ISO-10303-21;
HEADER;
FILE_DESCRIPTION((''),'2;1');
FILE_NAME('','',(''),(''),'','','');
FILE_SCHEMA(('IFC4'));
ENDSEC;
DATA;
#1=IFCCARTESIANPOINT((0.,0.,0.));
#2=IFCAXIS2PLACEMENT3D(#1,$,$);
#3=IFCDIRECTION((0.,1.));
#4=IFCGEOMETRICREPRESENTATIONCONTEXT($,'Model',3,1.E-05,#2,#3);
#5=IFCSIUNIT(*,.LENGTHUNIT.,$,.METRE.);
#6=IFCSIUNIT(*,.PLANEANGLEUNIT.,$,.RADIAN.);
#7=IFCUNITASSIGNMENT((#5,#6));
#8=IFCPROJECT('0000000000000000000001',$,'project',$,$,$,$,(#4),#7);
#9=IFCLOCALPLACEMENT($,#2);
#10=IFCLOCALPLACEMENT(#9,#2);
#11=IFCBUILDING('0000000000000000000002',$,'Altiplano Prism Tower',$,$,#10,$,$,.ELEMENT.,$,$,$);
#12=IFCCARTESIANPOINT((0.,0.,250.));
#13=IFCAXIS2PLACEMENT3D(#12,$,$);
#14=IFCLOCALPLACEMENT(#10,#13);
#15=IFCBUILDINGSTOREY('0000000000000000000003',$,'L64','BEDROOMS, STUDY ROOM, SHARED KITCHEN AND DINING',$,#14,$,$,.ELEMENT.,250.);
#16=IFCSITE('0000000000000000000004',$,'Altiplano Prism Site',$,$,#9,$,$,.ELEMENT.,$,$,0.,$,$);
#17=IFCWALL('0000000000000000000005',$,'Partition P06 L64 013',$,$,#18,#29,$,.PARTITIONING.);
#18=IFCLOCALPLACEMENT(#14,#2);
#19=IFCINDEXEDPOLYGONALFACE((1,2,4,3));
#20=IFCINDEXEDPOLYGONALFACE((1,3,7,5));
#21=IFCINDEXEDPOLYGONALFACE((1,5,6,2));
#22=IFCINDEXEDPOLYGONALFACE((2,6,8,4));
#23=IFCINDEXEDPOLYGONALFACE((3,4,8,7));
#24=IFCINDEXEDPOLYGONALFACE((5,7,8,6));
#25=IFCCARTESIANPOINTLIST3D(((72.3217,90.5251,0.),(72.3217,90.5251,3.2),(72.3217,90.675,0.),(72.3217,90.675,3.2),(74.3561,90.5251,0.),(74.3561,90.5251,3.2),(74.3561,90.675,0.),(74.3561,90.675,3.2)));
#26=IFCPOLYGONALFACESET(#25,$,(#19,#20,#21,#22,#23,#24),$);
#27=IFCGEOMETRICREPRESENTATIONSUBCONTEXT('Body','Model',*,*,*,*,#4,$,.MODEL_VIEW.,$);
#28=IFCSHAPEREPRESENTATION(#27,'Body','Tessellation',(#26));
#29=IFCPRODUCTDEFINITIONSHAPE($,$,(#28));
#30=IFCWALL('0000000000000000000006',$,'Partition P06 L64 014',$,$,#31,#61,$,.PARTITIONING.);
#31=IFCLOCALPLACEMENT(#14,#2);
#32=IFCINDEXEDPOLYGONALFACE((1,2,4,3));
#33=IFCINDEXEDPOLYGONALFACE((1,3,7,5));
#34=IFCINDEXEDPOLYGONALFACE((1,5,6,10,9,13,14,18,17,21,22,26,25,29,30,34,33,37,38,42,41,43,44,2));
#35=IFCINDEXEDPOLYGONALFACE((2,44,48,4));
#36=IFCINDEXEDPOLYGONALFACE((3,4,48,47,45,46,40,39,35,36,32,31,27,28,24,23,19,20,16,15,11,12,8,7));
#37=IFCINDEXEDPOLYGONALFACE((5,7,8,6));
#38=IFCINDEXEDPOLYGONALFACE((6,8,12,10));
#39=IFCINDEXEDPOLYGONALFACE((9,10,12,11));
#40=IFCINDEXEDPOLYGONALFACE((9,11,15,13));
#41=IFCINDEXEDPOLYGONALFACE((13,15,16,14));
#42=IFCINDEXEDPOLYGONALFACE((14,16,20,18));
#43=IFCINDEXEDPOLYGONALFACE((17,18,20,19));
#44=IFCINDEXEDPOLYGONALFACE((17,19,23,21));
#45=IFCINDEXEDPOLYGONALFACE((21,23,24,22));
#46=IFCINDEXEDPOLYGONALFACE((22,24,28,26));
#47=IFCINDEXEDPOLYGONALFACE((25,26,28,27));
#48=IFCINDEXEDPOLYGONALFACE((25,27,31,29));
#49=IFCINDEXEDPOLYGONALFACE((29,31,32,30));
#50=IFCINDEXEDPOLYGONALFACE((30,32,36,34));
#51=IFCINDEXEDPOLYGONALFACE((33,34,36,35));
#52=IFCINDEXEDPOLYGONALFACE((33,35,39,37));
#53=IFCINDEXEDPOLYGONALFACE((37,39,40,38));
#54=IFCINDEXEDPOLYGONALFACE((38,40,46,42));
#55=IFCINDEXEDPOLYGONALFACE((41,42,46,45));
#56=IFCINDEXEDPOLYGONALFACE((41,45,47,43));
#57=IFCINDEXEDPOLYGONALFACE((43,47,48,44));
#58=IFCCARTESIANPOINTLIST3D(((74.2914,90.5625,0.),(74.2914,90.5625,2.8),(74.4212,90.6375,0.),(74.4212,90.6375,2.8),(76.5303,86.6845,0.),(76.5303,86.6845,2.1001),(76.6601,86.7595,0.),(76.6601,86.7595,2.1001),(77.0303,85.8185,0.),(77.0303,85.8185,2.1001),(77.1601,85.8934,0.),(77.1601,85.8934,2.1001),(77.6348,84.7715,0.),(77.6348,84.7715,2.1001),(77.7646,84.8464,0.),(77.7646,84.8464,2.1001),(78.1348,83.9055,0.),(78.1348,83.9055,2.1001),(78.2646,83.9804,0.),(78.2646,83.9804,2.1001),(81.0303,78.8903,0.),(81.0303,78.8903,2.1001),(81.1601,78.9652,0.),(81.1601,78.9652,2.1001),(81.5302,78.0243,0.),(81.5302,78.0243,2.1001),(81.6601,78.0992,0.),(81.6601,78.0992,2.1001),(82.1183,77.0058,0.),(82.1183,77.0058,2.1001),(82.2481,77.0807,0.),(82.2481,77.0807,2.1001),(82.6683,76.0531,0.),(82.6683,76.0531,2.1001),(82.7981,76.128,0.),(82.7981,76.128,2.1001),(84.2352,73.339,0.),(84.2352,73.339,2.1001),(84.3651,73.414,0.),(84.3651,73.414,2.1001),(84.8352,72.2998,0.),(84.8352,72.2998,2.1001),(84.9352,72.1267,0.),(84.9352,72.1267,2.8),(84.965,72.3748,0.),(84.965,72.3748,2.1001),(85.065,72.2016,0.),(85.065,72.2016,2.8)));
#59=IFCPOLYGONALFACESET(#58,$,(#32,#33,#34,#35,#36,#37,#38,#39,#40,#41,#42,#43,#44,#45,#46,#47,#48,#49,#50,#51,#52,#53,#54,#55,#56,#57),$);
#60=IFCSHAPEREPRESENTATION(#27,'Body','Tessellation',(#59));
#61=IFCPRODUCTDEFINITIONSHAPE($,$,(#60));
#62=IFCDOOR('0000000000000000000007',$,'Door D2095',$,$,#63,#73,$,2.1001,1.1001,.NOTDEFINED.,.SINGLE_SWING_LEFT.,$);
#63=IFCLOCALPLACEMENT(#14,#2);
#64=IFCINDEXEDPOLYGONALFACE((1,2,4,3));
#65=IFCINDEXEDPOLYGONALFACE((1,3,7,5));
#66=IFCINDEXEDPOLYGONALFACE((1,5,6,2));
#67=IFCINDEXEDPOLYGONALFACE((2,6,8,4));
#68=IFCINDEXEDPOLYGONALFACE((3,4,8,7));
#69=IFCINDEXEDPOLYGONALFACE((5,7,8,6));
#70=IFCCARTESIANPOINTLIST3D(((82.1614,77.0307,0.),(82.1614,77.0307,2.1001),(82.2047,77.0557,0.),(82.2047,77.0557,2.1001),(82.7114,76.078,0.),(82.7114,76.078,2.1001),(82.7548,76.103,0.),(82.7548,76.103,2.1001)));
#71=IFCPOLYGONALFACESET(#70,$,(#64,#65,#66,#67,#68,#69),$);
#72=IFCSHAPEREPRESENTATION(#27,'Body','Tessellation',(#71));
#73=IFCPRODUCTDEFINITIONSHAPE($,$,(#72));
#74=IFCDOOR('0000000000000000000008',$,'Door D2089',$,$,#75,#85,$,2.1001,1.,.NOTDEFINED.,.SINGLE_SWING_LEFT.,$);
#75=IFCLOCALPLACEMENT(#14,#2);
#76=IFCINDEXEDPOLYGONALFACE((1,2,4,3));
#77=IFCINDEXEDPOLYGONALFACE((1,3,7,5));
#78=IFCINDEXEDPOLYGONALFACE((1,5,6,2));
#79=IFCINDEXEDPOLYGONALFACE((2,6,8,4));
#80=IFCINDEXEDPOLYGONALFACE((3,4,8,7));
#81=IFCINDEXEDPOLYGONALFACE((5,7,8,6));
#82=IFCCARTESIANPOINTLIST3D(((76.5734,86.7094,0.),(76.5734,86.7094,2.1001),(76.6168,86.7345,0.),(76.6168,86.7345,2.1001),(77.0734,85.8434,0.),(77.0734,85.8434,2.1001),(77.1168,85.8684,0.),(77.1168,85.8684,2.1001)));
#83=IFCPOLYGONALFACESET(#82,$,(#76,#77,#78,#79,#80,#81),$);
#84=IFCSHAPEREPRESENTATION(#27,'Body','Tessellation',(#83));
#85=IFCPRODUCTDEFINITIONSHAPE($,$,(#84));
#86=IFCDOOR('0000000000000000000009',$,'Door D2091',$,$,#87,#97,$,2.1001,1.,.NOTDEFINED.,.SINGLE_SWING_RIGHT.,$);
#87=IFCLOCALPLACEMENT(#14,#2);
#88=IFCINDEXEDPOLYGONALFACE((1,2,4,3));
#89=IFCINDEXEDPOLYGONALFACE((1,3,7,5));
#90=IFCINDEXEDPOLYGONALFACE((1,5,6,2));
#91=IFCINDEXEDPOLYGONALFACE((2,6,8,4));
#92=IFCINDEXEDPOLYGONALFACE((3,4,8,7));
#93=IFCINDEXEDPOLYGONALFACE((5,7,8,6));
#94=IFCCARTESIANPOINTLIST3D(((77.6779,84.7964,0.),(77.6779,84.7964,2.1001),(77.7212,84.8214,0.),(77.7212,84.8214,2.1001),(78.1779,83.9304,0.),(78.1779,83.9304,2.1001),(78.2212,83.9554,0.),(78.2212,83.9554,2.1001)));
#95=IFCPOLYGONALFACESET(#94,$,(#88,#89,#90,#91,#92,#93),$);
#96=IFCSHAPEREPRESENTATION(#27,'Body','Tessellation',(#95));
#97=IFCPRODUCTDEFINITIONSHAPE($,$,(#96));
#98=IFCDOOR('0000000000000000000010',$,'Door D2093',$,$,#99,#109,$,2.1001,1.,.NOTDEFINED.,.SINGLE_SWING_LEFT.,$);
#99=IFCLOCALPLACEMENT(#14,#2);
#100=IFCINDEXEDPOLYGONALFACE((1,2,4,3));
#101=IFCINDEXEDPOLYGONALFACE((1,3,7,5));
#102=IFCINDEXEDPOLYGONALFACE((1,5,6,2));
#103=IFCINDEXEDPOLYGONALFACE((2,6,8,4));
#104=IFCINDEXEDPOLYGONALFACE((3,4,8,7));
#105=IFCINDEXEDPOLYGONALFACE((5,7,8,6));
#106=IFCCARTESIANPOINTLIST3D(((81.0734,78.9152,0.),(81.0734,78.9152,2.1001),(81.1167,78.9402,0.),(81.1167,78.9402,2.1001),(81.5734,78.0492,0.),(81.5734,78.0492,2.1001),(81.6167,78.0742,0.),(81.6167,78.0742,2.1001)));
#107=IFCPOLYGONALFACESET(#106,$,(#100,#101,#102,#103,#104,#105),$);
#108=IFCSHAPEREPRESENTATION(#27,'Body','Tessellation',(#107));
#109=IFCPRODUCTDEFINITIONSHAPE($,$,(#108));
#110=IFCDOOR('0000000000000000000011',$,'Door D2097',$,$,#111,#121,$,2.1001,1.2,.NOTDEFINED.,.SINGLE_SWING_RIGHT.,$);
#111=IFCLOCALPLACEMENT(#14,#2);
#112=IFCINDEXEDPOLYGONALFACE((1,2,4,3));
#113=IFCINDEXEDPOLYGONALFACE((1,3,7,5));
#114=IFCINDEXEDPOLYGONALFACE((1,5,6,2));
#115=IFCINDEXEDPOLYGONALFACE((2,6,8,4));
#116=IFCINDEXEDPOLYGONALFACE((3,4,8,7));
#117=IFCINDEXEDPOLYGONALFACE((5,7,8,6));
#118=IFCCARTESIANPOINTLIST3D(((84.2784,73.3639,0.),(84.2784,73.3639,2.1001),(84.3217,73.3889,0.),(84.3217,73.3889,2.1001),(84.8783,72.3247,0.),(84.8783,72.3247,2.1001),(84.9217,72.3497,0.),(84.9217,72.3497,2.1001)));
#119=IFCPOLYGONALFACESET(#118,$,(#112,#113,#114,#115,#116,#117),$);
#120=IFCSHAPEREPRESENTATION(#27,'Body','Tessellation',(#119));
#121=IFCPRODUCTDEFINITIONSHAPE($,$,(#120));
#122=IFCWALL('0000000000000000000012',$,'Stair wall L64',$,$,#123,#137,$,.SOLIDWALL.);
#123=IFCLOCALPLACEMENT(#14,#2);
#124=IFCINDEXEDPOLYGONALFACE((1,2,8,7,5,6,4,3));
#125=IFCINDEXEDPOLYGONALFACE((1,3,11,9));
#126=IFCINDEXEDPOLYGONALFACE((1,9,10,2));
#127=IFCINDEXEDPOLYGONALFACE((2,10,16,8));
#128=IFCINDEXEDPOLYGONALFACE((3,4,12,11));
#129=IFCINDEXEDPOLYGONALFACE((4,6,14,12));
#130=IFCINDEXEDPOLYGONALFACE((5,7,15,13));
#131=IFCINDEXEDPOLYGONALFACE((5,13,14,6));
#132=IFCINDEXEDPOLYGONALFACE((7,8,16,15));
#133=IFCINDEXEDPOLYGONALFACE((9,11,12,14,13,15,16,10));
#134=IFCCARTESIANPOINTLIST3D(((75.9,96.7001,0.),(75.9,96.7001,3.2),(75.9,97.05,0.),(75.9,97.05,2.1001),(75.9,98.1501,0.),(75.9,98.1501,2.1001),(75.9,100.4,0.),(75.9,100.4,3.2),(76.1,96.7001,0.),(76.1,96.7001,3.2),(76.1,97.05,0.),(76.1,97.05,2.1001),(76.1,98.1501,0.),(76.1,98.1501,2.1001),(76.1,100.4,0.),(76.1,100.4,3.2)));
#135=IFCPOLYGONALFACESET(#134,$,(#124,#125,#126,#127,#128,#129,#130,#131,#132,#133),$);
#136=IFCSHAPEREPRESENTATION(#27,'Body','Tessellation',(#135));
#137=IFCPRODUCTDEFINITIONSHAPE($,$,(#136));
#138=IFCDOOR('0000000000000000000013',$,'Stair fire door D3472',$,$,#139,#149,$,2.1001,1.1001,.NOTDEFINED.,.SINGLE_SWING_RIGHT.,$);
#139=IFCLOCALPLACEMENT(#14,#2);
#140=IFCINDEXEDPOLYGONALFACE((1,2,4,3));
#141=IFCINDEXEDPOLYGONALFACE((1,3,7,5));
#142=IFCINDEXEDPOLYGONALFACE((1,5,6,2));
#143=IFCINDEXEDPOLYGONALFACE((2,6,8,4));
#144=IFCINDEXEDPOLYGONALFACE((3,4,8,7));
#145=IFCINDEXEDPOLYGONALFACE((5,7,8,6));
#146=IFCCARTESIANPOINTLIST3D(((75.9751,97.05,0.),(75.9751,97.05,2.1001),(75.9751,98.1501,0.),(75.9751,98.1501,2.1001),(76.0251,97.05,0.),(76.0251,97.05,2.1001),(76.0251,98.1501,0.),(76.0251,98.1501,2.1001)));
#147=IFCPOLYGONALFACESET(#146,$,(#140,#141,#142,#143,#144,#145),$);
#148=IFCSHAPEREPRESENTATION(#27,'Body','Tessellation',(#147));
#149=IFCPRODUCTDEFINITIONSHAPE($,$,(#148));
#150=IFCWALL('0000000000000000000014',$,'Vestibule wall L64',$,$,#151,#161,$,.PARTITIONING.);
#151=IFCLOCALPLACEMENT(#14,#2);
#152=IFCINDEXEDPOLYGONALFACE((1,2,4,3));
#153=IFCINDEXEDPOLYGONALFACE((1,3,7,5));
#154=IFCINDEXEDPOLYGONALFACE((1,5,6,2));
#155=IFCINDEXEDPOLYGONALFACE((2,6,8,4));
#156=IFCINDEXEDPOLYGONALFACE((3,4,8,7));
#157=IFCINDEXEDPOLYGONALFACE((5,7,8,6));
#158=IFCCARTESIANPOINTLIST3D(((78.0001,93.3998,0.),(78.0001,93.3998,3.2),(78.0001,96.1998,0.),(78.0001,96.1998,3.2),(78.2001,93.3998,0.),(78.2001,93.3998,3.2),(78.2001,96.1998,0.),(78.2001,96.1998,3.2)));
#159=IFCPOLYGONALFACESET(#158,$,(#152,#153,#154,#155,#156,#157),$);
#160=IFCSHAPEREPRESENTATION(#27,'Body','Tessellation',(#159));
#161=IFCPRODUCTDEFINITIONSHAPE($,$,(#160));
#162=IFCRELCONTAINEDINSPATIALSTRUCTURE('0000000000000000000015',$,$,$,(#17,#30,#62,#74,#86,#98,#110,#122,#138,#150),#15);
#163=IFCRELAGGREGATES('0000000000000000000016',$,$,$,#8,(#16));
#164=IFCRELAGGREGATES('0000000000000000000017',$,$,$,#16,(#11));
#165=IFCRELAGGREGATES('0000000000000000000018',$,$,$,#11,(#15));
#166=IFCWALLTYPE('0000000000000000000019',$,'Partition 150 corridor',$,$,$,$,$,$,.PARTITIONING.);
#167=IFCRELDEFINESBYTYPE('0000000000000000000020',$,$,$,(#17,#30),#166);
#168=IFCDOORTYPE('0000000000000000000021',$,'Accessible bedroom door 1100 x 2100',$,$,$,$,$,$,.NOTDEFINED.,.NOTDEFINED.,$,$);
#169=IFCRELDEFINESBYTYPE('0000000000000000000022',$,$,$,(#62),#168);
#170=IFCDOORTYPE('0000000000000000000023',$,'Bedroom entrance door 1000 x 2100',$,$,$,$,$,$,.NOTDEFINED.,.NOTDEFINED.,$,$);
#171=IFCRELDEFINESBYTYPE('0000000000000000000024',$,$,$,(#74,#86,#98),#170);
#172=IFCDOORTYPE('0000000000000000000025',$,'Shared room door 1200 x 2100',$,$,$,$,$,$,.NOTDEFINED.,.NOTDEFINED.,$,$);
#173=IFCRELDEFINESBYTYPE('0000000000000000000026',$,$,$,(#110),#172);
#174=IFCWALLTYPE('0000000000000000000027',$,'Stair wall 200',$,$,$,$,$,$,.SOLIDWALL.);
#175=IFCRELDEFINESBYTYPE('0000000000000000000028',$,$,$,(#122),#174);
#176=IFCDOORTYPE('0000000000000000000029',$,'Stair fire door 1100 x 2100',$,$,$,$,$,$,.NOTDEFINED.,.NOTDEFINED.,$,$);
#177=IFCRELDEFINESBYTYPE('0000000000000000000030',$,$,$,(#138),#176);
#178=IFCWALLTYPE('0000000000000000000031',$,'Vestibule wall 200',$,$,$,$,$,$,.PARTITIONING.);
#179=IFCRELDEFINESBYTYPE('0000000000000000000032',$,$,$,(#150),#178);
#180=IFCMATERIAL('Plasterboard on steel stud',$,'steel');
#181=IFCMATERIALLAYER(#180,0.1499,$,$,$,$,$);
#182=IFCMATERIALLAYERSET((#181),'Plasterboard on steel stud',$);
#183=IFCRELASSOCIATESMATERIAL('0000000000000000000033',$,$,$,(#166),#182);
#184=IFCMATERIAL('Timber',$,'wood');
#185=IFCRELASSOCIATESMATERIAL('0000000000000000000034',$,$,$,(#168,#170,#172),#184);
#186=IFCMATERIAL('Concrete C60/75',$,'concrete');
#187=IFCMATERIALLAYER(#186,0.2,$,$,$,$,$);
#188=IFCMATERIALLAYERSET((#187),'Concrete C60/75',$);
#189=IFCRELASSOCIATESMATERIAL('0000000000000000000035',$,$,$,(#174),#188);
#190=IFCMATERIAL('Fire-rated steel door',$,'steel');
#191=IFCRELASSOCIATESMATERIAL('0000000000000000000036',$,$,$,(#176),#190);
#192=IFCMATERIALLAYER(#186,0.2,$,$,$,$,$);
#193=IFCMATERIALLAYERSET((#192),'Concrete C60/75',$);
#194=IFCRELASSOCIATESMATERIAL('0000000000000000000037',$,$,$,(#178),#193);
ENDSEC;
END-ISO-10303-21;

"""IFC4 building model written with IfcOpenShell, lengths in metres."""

from ifc_helpers import new_model, si_unit, direction, frame, frame_2d, origin, place, context, subcontext, project, spatial, rectangle, extrude, material, layer, layer_set, type_object, element, fill, save


model = new_model("IFC4")

# Units and contexts
model_context = context("Model", 3, precision=1e-05, world=origin(), true_north=direction((0.0, 1.0)))
body_context = subcontext(model_context, "Body", "Model", "MODEL_VIEW")
ifc_project = project(units=[si_unit("LENGTHUNIT", "METRE"), si_unit("PLANEANGLEUNIT", "RADIAN")], contexts=[model_context])

# Site, building, storey
site_placement = place(None, origin())
site = spatial("IfcSite", under=ifc_project, at=site_placement, Name="Altiplano Prism Site", CompositionType="ELEMENT", RefElevation=0.0)
building_placement = place(site_placement, origin())
building = spatial("IfcBuilding", under=site, at=building_placement, Name="Altiplano Prism Tower", CompositionType="ELEMENT")
storey_placement = place(building_placement, frame((0.0, 0.0, 250.0)))
storey = spatial("IfcBuildingStorey", under=building, at=storey_placement, Name="L64", Description="BEDROOMS, STUDY ROOM, SHARED KITCHEN AND DINING", CompositionType="ELEMENT", Elevation=250.0)

# Shared definitions
ifc_material_1 = material(Name="Concrete C60/75", Category="concrete")
ifc_material_2 = material(Name="Fire-rated steel door", Category="steel")

# Wall
ifc_material_3 = material(Name="Plasterboard on steel stud", Category="steel")
ifc_layer_1 = layer(ifc_material_3, 0.1499)
ifc_layer_set_1 = layer_set([ifc_layer_1], Name="Plasterboard on steel stud")
wall_type_1 = type_object("IfcWallType", Name="Partition 150 corridor", PredefinedType="PARTITIONING", material=ifc_layer_set_1)
wall_1_placement = place(storey_placement, frame((72.3218, 90.6001, 0.0), z_axis=(0.0, 0.0, 1.0), x_axis=(1.0, 0.0, 0.0)))
element("IfcWall", 1, at=wall_1_placement, inside=storey, type_object=wall_type_1, Name="Partition P06 L64 013", PredefinedType="PARTITIONING", context=body_context, shape_type="SweptSolid", body=[
    extrude(rectangle(XDim=2.0344, YDim=0.1499, at=frame_2d((1.0171, 0.0))), origin(), (0.0, 0.0, 1.0), 3.2),
])

# Wall, openings, doors
wall_2_placement = place(storey_placement, frame((74.3562, 90.6001, 0.0), z_axis=(0.0, 0.0, 1.0), x_axis=(0.499996, -0.866028, 0.0)))
wall_2 = element("IfcWall", 2, at=wall_2_placement, inside=storey, type_object=wall_type_1, Name="Partition P06 L64 014", PredefinedType="PARTITIONING", context=body_context, shape_type="SweptSolid", body=[
    extrude(rectangle(XDim=21.2878, YDim=0.1499, at=frame_2d((10.644, 0.0))), origin(), (0.0, 0.0, 1.0), 2.8),
])
opening_1_placement = place(wall_2_placement, frame((4.478, 0.0, 0.0)))
opening_1 = element("IfcOpeningElement", 3, at=opening_1_placement, cuts=wall_2, PredefinedType="OPENING", context=body_context, shape_type="SweptSolid", body=[
    extrude(rectangle(XDim=1.0, YDim=2.1001, at=frame_2d((0.5, 1.05))), frame((0.0, 0.0854, 0.0), z_axis=(0.0, -1.0, 0.0), x_axis=(1.0, 0.0, 0.0)), (0.0, 0.0, 1.0), 0.1709),
])
opening_2_placement = place(wall_2_placement, frame((6.687, 0.0, 0.0)))
opening_2 = element("IfcOpeningElement", 4, at=opening_2_placement, cuts=wall_2, PredefinedType="OPENING", context=body_context, shape_type="SweptSolid", body=[
    extrude(rectangle(XDim=1.0, YDim=2.1001, at=frame_2d((0.5, 1.05))), frame((0.0, 0.0854, 0.0), z_axis=(0.0, -1.0, 0.0), x_axis=(1.0, 0.0, 0.0)), (0.0, 0.0, 1.0), 0.1709),
])
opening_3_placement = place(wall_2_placement, frame((13.478, 0.0, 0.0)))
opening_3 = element("IfcOpeningElement", 5, at=opening_3_placement, cuts=wall_2, PredefinedType="OPENING", context=body_context, shape_type="SweptSolid", body=[
    extrude(rectangle(XDim=1.0, YDim=2.1001, at=frame_2d((0.5, 1.05))), frame((0.0, 0.0854, 0.0), z_axis=(0.0, -1.0, 0.0), x_axis=(1.0, 0.0, 0.0)), (0.0, 0.0, 1.0), 0.1709),
])
opening_4_placement = place(wall_2_placement, frame((15.6541, 0.0, 0.0)))
opening_4 = element("IfcOpeningElement", 6, at=opening_4_placement, cuts=wall_2, PredefinedType="OPENING", context=body_context, shape_type="SweptSolid", body=[
    extrude(rectangle(XDim=1.1001, YDim=2.1001, at=frame_2d((0.55, 1.05))), frame((0.0, 0.0854, 0.0), z_axis=(0.0, -1.0, 0.0), x_axis=(1.0, 0.0, 0.0)), (0.0, 0.0, 1.0), 0.1709),
])
opening_5_placement = place(wall_2_placement, frame((19.8879, 0.0, 0.0)))
opening_5 = element("IfcOpeningElement", 7, at=opening_5_placement, cuts=wall_2, PredefinedType="OPENING", context=body_context, shape_type="SweptSolid", body=[
    extrude(rectangle(XDim=1.2, YDim=2.1001, at=frame_2d((0.6001, 1.05))), frame((0.0, 0.0854, 0.0), z_axis=(0.0, -1.0, 0.0), x_axis=(1.0, 0.0, 0.0)), (0.0, 0.0, 1.0), 0.1709),
])
ifc_material_4 = material(Name="Timber", Category="wood")
door_type_1 = type_object("IfcDoorType", Name="Accessible bedroom door 1100 x 2100", OperationType="NOTDEFINED", PredefinedType="NOTDEFINED", material=ifc_material_4)
door_1_placement = place(opening_4_placement, origin())
door_1 = element("IfcDoor", 8, at=door_1_placement, inside=storey, type_object=door_type_1, Name="Door D2095", OperationType="SINGLE_SWING_LEFT", OverallHeight=2.1001, OverallWidth=1.1001, PredefinedType="NOTDEFINED", context=body_context, shape_type="SweptSolid", body=[
    extrude(rectangle(XDim=1.1001, YDim=2.1001, at=frame_2d((0.55, 1.05))), frame((0.0, 0.0249, 0.0), z_axis=(0.0, -1.0, 0.0), x_axis=(1.0, 0.0, 0.0)), (0.0, 0.0, 1.0), 0.05),
])
fill(opening_4, door_1)
door_type_2 = type_object("IfcDoorType", Name="Bedroom entrance door 1000 x 2100", OperationType="NOTDEFINED", PredefinedType="NOTDEFINED", material=ifc_material_4)
door_2_placement = place(opening_1_placement, origin())
door_2 = element("IfcDoor", 9, at=door_2_placement, inside=storey, type_object=door_type_2, Name="Door D2089", OperationType="SINGLE_SWING_LEFT", OverallHeight=2.1001, OverallWidth=1.0, PredefinedType="NOTDEFINED", context=body_context, shape_type="SweptSolid", body=[
    extrude(rectangle(XDim=1.0, YDim=2.1001, at=frame_2d((0.5, 1.05))), frame((0.0, 0.0249, 0.0), z_axis=(0.0, -1.0, 0.0), x_axis=(1.0, 0.0, 0.0)), (0.0, 0.0, 1.0), 0.05),
])
fill(opening_1, door_2)
door_3_placement = place(opening_2_placement, origin())
door_3 = element("IfcDoor", 10, at=door_3_placement, inside=storey, type_object=door_type_2, Name="Door D2091", OperationType="SINGLE_SWING_RIGHT", OverallHeight=2.1001, OverallWidth=1.0, PredefinedType="NOTDEFINED", context=body_context, shape_type="SweptSolid", body=[
    extrude(rectangle(XDim=1.0, YDim=2.1001, at=frame_2d((0.5, 1.05))), frame((0.0, 0.0249, 0.0), z_axis=(0.0, -1.0, 0.0), x_axis=(1.0, 0.0, 0.0)), (0.0, 0.0, 1.0), 0.05),
])
fill(opening_2, door_3)
door_4_placement = place(opening_3_placement, origin())
door_4 = element("IfcDoor", 11, at=door_4_placement, inside=storey, type_object=door_type_2, Name="Door D2093", OperationType="SINGLE_SWING_LEFT", OverallHeight=2.1001, OverallWidth=1.0, PredefinedType="NOTDEFINED", context=body_context, shape_type="SweptSolid", body=[
    extrude(rectangle(XDim=1.0, YDim=2.1001, at=frame_2d((0.5, 1.05))), frame((0.0, 0.0249, 0.0), z_axis=(0.0, -1.0, 0.0), x_axis=(1.0, 0.0, 0.0)), (0.0, 0.0, 1.0), 0.05),
])
fill(opening_3, door_4)
door_type_3 = type_object("IfcDoorType", Name="Shared room door 1200 x 2100", OperationType="NOTDEFINED", PredefinedType="NOTDEFINED", material=ifc_material_4)
door_5_placement = place(opening_5_placement, origin())
door_5 = element("IfcDoor", 12, at=door_5_placement, inside=storey, type_object=door_type_3, Name="Door D2097", OperationType="SINGLE_SWING_RIGHT", OverallHeight=2.1001, OverallWidth=1.2, PredefinedType="NOTDEFINED", context=body_context, shape_type="SweptSolid", body=[
    extrude(rectangle(XDim=1.2, YDim=2.1001, at=frame_2d((0.6001, 1.05))), frame((0.0, 0.0249, 0.0), z_axis=(0.0, -1.0, 0.0), x_axis=(1.0, 0.0, 0.0)), (0.0, 0.0, 1.0), 0.05),
])
fill(opening_5, door_5)

# Wall, opening, door
ifc_layer_2 = layer(ifc_material_1, 0.2)
ifc_layer_set_2 = layer_set([ifc_layer_2], Name="Concrete C60/75")
wall_type_2 = type_object("IfcWallType", Name="Stair wall 200", PredefinedType="SOLIDWALL", material=ifc_layer_set_2)
wall_3_placement = place(storey_placement, frame((76.0, 96.7, 0.0), z_axis=(0.0, 0.0, 1.0), x_axis=(0.0, 1.0, 0.0)))
wall_3 = element("IfcWall", 13, at=wall_3_placement, inside=storey, type_object=wall_type_2, Name="Stair wall L64", PredefinedType="SOLIDWALL", context=body_context, shape_type="SweptSolid", body=[
    extrude(rectangle(XDim=3.7, YDim=0.2, at=frame_2d((1.8501, 0.0))), origin(), (0.0, 0.0, 1.0), 3.2),
])
opening_6_placement = place(wall_3_placement, frame((0.3501, 0.0, 0.0)))
opening_6 = element("IfcOpeningElement", 14, at=opening_6_placement, cuts=wall_3, PredefinedType="OPENING", context=body_context, shape_type="SweptSolid", body=[
    extrude(rectangle(XDim=1.1001, YDim=2.1001, at=frame_2d((0.55, 1.05))), frame((0.0, 0.1104, 0.0), z_axis=(0.0, -1.0, 0.0), x_axis=(1.0, 0.0, 0.0)), (0.0, 0.0, 1.0), 0.2209),
])
door_type_4 = type_object("IfcDoorType", Name="Stair fire door 1100 x 2100", OperationType="NOTDEFINED", PredefinedType="NOTDEFINED", material=ifc_material_2)
door_6_placement = place(opening_6_placement, origin())
door_6 = element("IfcDoor", 15, at=door_6_placement, inside=storey, type_object=door_type_4, Name="Stair fire door D3472", OperationType="SINGLE_SWING_RIGHT", OverallHeight=2.1001, OverallWidth=1.1001, PredefinedType="NOTDEFINED", context=body_context, shape_type="SweptSolid", body=[
    extrude(rectangle(XDim=1.1001, YDim=2.1001, at=frame_2d((0.55, 1.05))), frame((0.0, 0.0249, 0.0), z_axis=(0.0, -1.0, 0.0), x_axis=(1.0, 0.0, 0.0)), (0.0, 0.0, 1.0), 0.05),
])
fill(opening_6, door_6)

# Wall
ifc_layer_3 = layer(ifc_material_1, 0.2)
ifc_layer_set_3 = layer_set([ifc_layer_3], Name="Concrete C60/75")
wall_type_3 = type_object("IfcWallType", Name="Vestibule wall 200", PredefinedType="PARTITIONING", material=ifc_layer_set_3)
wall_4_placement = place(storey_placement, frame((78.1001, 93.3999, 0.0), z_axis=(0.0, 0.0, 1.0), x_axis=(0.0, 1.0, 0.0)))
element("IfcWall", 16, at=wall_4_placement, inside=storey, type_object=wall_type_3, Name="Vestibule wall L64", PredefinedType="PARTITIONING", context=body_context, shape_type="SweptSolid", body=[
    extrude(rectangle(XDim=2.8, YDim=0.2, at=frame_2d((1.3999, 0.0))), origin(), (0.0, 0.0, 1.0), 3.2),
])

save(model, "model.ifc")
